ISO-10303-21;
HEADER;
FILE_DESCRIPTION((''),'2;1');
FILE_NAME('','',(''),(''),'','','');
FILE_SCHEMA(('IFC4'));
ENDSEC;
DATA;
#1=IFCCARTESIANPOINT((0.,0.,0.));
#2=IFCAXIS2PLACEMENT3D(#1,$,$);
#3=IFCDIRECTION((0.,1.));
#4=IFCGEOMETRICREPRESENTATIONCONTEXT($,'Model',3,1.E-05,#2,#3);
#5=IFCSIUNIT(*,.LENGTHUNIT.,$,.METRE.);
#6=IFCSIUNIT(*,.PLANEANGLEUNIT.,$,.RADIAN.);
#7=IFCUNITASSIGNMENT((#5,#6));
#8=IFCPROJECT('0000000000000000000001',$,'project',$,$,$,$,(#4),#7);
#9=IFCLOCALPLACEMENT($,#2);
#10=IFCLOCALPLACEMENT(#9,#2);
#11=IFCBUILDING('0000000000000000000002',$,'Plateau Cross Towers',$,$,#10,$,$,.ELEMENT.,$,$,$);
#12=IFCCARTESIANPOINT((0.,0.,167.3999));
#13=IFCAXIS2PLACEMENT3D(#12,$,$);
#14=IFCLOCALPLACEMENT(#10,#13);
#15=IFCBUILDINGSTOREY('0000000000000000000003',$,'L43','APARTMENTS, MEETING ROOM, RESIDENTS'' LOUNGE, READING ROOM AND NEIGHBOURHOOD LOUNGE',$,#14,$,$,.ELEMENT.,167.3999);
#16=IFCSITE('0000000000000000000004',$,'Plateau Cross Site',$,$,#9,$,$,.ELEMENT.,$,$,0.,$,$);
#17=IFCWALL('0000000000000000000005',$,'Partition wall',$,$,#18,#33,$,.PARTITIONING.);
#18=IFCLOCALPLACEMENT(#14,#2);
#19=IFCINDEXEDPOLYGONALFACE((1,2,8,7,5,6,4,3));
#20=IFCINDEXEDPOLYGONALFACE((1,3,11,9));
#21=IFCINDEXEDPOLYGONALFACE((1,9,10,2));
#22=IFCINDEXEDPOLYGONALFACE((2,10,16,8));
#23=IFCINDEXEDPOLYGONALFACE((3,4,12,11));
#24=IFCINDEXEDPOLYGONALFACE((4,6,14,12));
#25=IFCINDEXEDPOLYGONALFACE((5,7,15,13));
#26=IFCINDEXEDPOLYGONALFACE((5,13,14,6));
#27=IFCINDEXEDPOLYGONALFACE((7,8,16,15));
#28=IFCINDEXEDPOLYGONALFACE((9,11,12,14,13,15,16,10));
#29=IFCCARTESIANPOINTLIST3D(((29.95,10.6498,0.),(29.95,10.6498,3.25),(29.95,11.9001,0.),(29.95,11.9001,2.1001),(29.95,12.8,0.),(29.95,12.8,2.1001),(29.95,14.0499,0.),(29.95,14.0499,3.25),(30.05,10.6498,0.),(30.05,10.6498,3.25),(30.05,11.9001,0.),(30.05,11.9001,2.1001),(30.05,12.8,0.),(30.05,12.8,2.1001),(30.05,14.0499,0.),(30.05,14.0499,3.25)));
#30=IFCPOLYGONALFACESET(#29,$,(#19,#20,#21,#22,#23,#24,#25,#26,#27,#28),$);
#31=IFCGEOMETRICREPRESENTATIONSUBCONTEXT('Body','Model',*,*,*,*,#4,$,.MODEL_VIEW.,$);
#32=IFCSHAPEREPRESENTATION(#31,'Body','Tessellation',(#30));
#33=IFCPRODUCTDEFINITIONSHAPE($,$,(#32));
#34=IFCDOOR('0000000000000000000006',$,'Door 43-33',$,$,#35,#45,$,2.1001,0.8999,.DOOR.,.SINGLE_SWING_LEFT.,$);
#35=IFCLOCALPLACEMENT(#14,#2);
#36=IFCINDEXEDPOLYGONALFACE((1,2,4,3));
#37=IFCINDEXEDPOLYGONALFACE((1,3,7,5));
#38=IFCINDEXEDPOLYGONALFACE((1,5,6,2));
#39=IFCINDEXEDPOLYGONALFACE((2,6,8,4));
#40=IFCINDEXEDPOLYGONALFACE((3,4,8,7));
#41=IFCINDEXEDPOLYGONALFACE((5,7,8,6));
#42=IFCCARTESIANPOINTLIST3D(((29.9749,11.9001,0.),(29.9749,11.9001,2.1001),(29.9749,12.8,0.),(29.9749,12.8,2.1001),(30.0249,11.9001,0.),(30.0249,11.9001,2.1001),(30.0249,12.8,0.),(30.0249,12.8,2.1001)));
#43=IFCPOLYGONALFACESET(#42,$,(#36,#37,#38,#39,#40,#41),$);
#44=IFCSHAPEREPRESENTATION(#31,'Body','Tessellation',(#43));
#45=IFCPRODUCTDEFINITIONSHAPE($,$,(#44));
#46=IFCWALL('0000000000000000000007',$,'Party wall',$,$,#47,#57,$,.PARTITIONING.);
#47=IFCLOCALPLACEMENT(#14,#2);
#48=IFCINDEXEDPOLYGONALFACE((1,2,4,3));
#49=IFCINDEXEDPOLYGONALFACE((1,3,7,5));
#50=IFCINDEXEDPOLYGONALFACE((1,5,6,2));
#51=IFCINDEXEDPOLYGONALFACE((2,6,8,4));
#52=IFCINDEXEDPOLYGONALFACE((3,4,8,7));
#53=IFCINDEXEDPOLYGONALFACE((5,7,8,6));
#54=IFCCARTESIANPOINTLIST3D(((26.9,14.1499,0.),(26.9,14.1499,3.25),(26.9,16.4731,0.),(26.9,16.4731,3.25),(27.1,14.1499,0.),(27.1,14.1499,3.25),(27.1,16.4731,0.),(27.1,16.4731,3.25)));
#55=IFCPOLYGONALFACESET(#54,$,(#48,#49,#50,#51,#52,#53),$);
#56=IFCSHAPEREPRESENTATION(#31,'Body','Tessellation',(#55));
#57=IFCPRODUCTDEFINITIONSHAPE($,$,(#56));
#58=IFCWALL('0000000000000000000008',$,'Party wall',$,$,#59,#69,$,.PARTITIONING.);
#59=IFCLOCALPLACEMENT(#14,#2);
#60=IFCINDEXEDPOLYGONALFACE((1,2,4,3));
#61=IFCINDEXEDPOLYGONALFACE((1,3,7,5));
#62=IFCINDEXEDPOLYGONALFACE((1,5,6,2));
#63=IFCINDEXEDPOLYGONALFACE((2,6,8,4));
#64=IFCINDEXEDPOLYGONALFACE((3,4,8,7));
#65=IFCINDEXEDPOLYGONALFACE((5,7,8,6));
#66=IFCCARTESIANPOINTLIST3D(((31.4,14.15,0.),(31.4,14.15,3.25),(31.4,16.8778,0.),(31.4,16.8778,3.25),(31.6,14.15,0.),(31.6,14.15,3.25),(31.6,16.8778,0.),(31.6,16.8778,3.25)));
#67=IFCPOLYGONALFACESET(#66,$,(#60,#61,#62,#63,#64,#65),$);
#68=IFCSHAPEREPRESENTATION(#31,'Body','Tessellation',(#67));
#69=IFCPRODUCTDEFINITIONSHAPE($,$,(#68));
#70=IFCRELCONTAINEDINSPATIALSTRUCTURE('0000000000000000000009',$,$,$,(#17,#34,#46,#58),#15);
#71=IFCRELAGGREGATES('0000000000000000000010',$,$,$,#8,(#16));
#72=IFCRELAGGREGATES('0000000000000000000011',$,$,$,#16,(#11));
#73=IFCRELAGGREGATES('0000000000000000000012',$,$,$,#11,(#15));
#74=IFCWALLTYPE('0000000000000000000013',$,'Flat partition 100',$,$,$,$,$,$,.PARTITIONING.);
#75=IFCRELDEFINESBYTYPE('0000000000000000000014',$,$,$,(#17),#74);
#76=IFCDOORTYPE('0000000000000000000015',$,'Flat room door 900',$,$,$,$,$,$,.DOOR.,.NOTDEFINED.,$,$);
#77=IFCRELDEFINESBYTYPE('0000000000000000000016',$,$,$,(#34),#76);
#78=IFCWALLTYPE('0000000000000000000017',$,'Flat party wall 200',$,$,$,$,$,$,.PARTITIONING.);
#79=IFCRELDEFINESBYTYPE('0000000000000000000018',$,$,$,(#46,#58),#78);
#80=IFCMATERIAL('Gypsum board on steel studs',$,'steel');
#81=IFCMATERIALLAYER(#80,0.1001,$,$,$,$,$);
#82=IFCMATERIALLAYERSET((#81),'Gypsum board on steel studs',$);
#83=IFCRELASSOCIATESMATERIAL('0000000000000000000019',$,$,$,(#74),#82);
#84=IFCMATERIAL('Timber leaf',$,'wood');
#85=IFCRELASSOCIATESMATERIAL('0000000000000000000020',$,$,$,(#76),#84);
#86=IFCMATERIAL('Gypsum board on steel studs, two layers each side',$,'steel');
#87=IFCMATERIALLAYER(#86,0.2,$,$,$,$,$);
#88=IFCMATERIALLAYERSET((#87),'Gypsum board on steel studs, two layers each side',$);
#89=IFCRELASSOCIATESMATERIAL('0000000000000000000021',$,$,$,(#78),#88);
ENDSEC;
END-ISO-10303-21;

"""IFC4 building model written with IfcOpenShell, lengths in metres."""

from ifc_helpers import new_model, si_unit, direction, frame, frame_2d, origin, place, context, subcontext, project, spatial, rectangle, extrude, material, layer, layer_set, type_object, element, fill, save


model = new_model("IFC4")

# Units and contexts
model_context = context("Model", 3, precision=1e-05, world=origin(), true_north=direction((0.0, 1.0)))
body_context = subcontext(model_context, "Body", "Model", "MODEL_VIEW")
ifc_project = project(units=[si_unit("LENGTHUNIT", "METRE"), si_unit("PLANEANGLEUNIT", "RADIAN")], contexts=[model_context])

# Site, building, storey
site_placement = place(None, origin())
site = spatial("IfcSite", under=ifc_project, at=site_placement, Name="Plateau Cross Site", CompositionType="ELEMENT", RefElevation=0.0)
building_placement = place(site_placement, origin())
building = spatial("IfcBuilding", under=site, at=building_placement, Name="Plateau Cross Towers", CompositionType="ELEMENT")
storey_placement = place(building_placement, frame((0.0, 0.0, 167.3999)))
storey = spatial("IfcBuildingStorey", under=building, at=storey_placement, Name="L43", Description="APARTMENTS, MEETING ROOM, RESIDENTS' LOUNGE, READING ROOM AND NEIGHBOURHOOD LOUNGE", CompositionType="ELEMENT", Elevation=167.3999)

# Shared definitions
ifc_material_1 = material(Name="Gypsum board on steel studs", Category="steel")
ifc_layer_1 = layer(ifc_material_1, 0.1001)
ifc_layer_set_1 = layer_set([ifc_layer_1], Name="Gypsum board on steel studs")
wall_type_1 = type_object("IfcWallType", Name="Flat partition 100", PredefinedType="PARTITIONING", material=ifc_layer_set_1)

# Shared definitions
ifc_material_2 = material(Name="Timber leaf", Category="wood")
door_type_1 = type_object("IfcDoorType", Name="Flat room door 900", OperationType="NOTDEFINED", PredefinedType="DOOR", material=ifc_material_2)

# Wall, opening, door
wall_1_placement = place(storey_placement, frame((30.0, 14.05, 0.0), z_axis=(0.0, 0.0, 1.0), x_axis=(0.0, -1.0, 0.0)))
wall_1 = element("IfcWall", 1, at=wall_1_placement, inside=storey, type_object=wall_type_1, Name="Partition wall", PredefinedType="PARTITIONING", context=body_context, shape_type="SweptSolid", body=[
    extrude(rectangle(XDim=3.4001, YDim=0.1001, at=frame_2d((1.7002, 0.0))), origin(), (0.0, 0.0, 1.0), 3.25),
])
opening_1_placement = place(wall_1_placement, frame((1.25, 0.0, 0.0)))
opening_1 = element("IfcOpeningElement", 2, at=opening_1_placement, cuts=wall_1, PredefinedType="OPENING", context=body_context, shape_type="SweptSolid", body=[
    extrude(rectangle(XDim=0.8999, YDim=2.1001, at=frame_2d((0.45, 1.05))), frame((0.0, 0.0601, 0.0), z_axis=(0.0, -1.0, 0.0), x_axis=(1.0, 0.0, 0.0)), (0.0, 0.0, 1.0), 0.1201),
])
door_1_placement = place(opening_1_placement, origin())
door_1 = element("IfcDoor", 3, at=door_1_placement, inside=storey, type_object=door_type_1, Name="Door 43-33", OperationType="SINGLE_SWING_LEFT", OverallHeight=2.1001, OverallWidth=0.8999, PredefinedType="DOOR", context=body_context, shape_type="SweptSolid", body=[
    extrude(rectangle(XDim=0.8999, YDim=2.1001, at=frame_2d((0.45, 1.05))), frame((0.0, 0.0249, 0.0), z_axis=(0.0, -1.0, 0.0), x_axis=(1.0, 0.0, 0.0)), (0.0, 0.0, 1.0), 0.05),
])
fill(opening_1, door_1)

# Walls
ifc_material_3 = material(Name="Gypsum board on steel studs, two layers each side", Category="steel")
ifc_layer_2 = layer(ifc_material_3, 0.2)
ifc_layer_set_2 = layer_set([ifc_layer_2], Name="Gypsum board on steel studs, two layers each side")
wall_type_2 = type_object("IfcWallType", Name="Flat party wall 200", PredefinedType="PARTITIONING", material=ifc_layer_set_2)
wall_2_placement = place(storey_placement, frame((27.0, 16.4731, 0.0), z_axis=(0.0, 0.0, 1.0), x_axis=(0.0, -1.0, 0.0)))
element("IfcWall", 4, at=wall_2_placement, inside=storey, type_object=wall_type_2, Name="Party wall", PredefinedType="PARTITIONING", context=body_context, shape_type="SweptSolid", body=[
    extrude(rectangle(XDim=2.3232, YDim=0.2, at=frame_2d((1.1616, 0.0))), origin(), (0.0, 0.0, 1.0), 3.25),
])
wall_3_placement = place(storey_placement, frame((31.5, 16.8777, 0.0), z_axis=(0.0, 0.0, 1.0), x_axis=(0.0, -1.0, 0.0)))
element("IfcWall", 5, at=wall_3_placement, inside=storey, type_object=wall_type_2, Name="Party wall", PredefinedType="PARTITIONING", context=body_context, shape_type="SweptSolid", body=[
    extrude(rectangle(XDim=2.7278, YDim=0.2, at=frame_2d((1.3638, 0.0))), origin(), (0.0, 0.0, 1.0), 3.25),
])

save(model, "model.ifc")
